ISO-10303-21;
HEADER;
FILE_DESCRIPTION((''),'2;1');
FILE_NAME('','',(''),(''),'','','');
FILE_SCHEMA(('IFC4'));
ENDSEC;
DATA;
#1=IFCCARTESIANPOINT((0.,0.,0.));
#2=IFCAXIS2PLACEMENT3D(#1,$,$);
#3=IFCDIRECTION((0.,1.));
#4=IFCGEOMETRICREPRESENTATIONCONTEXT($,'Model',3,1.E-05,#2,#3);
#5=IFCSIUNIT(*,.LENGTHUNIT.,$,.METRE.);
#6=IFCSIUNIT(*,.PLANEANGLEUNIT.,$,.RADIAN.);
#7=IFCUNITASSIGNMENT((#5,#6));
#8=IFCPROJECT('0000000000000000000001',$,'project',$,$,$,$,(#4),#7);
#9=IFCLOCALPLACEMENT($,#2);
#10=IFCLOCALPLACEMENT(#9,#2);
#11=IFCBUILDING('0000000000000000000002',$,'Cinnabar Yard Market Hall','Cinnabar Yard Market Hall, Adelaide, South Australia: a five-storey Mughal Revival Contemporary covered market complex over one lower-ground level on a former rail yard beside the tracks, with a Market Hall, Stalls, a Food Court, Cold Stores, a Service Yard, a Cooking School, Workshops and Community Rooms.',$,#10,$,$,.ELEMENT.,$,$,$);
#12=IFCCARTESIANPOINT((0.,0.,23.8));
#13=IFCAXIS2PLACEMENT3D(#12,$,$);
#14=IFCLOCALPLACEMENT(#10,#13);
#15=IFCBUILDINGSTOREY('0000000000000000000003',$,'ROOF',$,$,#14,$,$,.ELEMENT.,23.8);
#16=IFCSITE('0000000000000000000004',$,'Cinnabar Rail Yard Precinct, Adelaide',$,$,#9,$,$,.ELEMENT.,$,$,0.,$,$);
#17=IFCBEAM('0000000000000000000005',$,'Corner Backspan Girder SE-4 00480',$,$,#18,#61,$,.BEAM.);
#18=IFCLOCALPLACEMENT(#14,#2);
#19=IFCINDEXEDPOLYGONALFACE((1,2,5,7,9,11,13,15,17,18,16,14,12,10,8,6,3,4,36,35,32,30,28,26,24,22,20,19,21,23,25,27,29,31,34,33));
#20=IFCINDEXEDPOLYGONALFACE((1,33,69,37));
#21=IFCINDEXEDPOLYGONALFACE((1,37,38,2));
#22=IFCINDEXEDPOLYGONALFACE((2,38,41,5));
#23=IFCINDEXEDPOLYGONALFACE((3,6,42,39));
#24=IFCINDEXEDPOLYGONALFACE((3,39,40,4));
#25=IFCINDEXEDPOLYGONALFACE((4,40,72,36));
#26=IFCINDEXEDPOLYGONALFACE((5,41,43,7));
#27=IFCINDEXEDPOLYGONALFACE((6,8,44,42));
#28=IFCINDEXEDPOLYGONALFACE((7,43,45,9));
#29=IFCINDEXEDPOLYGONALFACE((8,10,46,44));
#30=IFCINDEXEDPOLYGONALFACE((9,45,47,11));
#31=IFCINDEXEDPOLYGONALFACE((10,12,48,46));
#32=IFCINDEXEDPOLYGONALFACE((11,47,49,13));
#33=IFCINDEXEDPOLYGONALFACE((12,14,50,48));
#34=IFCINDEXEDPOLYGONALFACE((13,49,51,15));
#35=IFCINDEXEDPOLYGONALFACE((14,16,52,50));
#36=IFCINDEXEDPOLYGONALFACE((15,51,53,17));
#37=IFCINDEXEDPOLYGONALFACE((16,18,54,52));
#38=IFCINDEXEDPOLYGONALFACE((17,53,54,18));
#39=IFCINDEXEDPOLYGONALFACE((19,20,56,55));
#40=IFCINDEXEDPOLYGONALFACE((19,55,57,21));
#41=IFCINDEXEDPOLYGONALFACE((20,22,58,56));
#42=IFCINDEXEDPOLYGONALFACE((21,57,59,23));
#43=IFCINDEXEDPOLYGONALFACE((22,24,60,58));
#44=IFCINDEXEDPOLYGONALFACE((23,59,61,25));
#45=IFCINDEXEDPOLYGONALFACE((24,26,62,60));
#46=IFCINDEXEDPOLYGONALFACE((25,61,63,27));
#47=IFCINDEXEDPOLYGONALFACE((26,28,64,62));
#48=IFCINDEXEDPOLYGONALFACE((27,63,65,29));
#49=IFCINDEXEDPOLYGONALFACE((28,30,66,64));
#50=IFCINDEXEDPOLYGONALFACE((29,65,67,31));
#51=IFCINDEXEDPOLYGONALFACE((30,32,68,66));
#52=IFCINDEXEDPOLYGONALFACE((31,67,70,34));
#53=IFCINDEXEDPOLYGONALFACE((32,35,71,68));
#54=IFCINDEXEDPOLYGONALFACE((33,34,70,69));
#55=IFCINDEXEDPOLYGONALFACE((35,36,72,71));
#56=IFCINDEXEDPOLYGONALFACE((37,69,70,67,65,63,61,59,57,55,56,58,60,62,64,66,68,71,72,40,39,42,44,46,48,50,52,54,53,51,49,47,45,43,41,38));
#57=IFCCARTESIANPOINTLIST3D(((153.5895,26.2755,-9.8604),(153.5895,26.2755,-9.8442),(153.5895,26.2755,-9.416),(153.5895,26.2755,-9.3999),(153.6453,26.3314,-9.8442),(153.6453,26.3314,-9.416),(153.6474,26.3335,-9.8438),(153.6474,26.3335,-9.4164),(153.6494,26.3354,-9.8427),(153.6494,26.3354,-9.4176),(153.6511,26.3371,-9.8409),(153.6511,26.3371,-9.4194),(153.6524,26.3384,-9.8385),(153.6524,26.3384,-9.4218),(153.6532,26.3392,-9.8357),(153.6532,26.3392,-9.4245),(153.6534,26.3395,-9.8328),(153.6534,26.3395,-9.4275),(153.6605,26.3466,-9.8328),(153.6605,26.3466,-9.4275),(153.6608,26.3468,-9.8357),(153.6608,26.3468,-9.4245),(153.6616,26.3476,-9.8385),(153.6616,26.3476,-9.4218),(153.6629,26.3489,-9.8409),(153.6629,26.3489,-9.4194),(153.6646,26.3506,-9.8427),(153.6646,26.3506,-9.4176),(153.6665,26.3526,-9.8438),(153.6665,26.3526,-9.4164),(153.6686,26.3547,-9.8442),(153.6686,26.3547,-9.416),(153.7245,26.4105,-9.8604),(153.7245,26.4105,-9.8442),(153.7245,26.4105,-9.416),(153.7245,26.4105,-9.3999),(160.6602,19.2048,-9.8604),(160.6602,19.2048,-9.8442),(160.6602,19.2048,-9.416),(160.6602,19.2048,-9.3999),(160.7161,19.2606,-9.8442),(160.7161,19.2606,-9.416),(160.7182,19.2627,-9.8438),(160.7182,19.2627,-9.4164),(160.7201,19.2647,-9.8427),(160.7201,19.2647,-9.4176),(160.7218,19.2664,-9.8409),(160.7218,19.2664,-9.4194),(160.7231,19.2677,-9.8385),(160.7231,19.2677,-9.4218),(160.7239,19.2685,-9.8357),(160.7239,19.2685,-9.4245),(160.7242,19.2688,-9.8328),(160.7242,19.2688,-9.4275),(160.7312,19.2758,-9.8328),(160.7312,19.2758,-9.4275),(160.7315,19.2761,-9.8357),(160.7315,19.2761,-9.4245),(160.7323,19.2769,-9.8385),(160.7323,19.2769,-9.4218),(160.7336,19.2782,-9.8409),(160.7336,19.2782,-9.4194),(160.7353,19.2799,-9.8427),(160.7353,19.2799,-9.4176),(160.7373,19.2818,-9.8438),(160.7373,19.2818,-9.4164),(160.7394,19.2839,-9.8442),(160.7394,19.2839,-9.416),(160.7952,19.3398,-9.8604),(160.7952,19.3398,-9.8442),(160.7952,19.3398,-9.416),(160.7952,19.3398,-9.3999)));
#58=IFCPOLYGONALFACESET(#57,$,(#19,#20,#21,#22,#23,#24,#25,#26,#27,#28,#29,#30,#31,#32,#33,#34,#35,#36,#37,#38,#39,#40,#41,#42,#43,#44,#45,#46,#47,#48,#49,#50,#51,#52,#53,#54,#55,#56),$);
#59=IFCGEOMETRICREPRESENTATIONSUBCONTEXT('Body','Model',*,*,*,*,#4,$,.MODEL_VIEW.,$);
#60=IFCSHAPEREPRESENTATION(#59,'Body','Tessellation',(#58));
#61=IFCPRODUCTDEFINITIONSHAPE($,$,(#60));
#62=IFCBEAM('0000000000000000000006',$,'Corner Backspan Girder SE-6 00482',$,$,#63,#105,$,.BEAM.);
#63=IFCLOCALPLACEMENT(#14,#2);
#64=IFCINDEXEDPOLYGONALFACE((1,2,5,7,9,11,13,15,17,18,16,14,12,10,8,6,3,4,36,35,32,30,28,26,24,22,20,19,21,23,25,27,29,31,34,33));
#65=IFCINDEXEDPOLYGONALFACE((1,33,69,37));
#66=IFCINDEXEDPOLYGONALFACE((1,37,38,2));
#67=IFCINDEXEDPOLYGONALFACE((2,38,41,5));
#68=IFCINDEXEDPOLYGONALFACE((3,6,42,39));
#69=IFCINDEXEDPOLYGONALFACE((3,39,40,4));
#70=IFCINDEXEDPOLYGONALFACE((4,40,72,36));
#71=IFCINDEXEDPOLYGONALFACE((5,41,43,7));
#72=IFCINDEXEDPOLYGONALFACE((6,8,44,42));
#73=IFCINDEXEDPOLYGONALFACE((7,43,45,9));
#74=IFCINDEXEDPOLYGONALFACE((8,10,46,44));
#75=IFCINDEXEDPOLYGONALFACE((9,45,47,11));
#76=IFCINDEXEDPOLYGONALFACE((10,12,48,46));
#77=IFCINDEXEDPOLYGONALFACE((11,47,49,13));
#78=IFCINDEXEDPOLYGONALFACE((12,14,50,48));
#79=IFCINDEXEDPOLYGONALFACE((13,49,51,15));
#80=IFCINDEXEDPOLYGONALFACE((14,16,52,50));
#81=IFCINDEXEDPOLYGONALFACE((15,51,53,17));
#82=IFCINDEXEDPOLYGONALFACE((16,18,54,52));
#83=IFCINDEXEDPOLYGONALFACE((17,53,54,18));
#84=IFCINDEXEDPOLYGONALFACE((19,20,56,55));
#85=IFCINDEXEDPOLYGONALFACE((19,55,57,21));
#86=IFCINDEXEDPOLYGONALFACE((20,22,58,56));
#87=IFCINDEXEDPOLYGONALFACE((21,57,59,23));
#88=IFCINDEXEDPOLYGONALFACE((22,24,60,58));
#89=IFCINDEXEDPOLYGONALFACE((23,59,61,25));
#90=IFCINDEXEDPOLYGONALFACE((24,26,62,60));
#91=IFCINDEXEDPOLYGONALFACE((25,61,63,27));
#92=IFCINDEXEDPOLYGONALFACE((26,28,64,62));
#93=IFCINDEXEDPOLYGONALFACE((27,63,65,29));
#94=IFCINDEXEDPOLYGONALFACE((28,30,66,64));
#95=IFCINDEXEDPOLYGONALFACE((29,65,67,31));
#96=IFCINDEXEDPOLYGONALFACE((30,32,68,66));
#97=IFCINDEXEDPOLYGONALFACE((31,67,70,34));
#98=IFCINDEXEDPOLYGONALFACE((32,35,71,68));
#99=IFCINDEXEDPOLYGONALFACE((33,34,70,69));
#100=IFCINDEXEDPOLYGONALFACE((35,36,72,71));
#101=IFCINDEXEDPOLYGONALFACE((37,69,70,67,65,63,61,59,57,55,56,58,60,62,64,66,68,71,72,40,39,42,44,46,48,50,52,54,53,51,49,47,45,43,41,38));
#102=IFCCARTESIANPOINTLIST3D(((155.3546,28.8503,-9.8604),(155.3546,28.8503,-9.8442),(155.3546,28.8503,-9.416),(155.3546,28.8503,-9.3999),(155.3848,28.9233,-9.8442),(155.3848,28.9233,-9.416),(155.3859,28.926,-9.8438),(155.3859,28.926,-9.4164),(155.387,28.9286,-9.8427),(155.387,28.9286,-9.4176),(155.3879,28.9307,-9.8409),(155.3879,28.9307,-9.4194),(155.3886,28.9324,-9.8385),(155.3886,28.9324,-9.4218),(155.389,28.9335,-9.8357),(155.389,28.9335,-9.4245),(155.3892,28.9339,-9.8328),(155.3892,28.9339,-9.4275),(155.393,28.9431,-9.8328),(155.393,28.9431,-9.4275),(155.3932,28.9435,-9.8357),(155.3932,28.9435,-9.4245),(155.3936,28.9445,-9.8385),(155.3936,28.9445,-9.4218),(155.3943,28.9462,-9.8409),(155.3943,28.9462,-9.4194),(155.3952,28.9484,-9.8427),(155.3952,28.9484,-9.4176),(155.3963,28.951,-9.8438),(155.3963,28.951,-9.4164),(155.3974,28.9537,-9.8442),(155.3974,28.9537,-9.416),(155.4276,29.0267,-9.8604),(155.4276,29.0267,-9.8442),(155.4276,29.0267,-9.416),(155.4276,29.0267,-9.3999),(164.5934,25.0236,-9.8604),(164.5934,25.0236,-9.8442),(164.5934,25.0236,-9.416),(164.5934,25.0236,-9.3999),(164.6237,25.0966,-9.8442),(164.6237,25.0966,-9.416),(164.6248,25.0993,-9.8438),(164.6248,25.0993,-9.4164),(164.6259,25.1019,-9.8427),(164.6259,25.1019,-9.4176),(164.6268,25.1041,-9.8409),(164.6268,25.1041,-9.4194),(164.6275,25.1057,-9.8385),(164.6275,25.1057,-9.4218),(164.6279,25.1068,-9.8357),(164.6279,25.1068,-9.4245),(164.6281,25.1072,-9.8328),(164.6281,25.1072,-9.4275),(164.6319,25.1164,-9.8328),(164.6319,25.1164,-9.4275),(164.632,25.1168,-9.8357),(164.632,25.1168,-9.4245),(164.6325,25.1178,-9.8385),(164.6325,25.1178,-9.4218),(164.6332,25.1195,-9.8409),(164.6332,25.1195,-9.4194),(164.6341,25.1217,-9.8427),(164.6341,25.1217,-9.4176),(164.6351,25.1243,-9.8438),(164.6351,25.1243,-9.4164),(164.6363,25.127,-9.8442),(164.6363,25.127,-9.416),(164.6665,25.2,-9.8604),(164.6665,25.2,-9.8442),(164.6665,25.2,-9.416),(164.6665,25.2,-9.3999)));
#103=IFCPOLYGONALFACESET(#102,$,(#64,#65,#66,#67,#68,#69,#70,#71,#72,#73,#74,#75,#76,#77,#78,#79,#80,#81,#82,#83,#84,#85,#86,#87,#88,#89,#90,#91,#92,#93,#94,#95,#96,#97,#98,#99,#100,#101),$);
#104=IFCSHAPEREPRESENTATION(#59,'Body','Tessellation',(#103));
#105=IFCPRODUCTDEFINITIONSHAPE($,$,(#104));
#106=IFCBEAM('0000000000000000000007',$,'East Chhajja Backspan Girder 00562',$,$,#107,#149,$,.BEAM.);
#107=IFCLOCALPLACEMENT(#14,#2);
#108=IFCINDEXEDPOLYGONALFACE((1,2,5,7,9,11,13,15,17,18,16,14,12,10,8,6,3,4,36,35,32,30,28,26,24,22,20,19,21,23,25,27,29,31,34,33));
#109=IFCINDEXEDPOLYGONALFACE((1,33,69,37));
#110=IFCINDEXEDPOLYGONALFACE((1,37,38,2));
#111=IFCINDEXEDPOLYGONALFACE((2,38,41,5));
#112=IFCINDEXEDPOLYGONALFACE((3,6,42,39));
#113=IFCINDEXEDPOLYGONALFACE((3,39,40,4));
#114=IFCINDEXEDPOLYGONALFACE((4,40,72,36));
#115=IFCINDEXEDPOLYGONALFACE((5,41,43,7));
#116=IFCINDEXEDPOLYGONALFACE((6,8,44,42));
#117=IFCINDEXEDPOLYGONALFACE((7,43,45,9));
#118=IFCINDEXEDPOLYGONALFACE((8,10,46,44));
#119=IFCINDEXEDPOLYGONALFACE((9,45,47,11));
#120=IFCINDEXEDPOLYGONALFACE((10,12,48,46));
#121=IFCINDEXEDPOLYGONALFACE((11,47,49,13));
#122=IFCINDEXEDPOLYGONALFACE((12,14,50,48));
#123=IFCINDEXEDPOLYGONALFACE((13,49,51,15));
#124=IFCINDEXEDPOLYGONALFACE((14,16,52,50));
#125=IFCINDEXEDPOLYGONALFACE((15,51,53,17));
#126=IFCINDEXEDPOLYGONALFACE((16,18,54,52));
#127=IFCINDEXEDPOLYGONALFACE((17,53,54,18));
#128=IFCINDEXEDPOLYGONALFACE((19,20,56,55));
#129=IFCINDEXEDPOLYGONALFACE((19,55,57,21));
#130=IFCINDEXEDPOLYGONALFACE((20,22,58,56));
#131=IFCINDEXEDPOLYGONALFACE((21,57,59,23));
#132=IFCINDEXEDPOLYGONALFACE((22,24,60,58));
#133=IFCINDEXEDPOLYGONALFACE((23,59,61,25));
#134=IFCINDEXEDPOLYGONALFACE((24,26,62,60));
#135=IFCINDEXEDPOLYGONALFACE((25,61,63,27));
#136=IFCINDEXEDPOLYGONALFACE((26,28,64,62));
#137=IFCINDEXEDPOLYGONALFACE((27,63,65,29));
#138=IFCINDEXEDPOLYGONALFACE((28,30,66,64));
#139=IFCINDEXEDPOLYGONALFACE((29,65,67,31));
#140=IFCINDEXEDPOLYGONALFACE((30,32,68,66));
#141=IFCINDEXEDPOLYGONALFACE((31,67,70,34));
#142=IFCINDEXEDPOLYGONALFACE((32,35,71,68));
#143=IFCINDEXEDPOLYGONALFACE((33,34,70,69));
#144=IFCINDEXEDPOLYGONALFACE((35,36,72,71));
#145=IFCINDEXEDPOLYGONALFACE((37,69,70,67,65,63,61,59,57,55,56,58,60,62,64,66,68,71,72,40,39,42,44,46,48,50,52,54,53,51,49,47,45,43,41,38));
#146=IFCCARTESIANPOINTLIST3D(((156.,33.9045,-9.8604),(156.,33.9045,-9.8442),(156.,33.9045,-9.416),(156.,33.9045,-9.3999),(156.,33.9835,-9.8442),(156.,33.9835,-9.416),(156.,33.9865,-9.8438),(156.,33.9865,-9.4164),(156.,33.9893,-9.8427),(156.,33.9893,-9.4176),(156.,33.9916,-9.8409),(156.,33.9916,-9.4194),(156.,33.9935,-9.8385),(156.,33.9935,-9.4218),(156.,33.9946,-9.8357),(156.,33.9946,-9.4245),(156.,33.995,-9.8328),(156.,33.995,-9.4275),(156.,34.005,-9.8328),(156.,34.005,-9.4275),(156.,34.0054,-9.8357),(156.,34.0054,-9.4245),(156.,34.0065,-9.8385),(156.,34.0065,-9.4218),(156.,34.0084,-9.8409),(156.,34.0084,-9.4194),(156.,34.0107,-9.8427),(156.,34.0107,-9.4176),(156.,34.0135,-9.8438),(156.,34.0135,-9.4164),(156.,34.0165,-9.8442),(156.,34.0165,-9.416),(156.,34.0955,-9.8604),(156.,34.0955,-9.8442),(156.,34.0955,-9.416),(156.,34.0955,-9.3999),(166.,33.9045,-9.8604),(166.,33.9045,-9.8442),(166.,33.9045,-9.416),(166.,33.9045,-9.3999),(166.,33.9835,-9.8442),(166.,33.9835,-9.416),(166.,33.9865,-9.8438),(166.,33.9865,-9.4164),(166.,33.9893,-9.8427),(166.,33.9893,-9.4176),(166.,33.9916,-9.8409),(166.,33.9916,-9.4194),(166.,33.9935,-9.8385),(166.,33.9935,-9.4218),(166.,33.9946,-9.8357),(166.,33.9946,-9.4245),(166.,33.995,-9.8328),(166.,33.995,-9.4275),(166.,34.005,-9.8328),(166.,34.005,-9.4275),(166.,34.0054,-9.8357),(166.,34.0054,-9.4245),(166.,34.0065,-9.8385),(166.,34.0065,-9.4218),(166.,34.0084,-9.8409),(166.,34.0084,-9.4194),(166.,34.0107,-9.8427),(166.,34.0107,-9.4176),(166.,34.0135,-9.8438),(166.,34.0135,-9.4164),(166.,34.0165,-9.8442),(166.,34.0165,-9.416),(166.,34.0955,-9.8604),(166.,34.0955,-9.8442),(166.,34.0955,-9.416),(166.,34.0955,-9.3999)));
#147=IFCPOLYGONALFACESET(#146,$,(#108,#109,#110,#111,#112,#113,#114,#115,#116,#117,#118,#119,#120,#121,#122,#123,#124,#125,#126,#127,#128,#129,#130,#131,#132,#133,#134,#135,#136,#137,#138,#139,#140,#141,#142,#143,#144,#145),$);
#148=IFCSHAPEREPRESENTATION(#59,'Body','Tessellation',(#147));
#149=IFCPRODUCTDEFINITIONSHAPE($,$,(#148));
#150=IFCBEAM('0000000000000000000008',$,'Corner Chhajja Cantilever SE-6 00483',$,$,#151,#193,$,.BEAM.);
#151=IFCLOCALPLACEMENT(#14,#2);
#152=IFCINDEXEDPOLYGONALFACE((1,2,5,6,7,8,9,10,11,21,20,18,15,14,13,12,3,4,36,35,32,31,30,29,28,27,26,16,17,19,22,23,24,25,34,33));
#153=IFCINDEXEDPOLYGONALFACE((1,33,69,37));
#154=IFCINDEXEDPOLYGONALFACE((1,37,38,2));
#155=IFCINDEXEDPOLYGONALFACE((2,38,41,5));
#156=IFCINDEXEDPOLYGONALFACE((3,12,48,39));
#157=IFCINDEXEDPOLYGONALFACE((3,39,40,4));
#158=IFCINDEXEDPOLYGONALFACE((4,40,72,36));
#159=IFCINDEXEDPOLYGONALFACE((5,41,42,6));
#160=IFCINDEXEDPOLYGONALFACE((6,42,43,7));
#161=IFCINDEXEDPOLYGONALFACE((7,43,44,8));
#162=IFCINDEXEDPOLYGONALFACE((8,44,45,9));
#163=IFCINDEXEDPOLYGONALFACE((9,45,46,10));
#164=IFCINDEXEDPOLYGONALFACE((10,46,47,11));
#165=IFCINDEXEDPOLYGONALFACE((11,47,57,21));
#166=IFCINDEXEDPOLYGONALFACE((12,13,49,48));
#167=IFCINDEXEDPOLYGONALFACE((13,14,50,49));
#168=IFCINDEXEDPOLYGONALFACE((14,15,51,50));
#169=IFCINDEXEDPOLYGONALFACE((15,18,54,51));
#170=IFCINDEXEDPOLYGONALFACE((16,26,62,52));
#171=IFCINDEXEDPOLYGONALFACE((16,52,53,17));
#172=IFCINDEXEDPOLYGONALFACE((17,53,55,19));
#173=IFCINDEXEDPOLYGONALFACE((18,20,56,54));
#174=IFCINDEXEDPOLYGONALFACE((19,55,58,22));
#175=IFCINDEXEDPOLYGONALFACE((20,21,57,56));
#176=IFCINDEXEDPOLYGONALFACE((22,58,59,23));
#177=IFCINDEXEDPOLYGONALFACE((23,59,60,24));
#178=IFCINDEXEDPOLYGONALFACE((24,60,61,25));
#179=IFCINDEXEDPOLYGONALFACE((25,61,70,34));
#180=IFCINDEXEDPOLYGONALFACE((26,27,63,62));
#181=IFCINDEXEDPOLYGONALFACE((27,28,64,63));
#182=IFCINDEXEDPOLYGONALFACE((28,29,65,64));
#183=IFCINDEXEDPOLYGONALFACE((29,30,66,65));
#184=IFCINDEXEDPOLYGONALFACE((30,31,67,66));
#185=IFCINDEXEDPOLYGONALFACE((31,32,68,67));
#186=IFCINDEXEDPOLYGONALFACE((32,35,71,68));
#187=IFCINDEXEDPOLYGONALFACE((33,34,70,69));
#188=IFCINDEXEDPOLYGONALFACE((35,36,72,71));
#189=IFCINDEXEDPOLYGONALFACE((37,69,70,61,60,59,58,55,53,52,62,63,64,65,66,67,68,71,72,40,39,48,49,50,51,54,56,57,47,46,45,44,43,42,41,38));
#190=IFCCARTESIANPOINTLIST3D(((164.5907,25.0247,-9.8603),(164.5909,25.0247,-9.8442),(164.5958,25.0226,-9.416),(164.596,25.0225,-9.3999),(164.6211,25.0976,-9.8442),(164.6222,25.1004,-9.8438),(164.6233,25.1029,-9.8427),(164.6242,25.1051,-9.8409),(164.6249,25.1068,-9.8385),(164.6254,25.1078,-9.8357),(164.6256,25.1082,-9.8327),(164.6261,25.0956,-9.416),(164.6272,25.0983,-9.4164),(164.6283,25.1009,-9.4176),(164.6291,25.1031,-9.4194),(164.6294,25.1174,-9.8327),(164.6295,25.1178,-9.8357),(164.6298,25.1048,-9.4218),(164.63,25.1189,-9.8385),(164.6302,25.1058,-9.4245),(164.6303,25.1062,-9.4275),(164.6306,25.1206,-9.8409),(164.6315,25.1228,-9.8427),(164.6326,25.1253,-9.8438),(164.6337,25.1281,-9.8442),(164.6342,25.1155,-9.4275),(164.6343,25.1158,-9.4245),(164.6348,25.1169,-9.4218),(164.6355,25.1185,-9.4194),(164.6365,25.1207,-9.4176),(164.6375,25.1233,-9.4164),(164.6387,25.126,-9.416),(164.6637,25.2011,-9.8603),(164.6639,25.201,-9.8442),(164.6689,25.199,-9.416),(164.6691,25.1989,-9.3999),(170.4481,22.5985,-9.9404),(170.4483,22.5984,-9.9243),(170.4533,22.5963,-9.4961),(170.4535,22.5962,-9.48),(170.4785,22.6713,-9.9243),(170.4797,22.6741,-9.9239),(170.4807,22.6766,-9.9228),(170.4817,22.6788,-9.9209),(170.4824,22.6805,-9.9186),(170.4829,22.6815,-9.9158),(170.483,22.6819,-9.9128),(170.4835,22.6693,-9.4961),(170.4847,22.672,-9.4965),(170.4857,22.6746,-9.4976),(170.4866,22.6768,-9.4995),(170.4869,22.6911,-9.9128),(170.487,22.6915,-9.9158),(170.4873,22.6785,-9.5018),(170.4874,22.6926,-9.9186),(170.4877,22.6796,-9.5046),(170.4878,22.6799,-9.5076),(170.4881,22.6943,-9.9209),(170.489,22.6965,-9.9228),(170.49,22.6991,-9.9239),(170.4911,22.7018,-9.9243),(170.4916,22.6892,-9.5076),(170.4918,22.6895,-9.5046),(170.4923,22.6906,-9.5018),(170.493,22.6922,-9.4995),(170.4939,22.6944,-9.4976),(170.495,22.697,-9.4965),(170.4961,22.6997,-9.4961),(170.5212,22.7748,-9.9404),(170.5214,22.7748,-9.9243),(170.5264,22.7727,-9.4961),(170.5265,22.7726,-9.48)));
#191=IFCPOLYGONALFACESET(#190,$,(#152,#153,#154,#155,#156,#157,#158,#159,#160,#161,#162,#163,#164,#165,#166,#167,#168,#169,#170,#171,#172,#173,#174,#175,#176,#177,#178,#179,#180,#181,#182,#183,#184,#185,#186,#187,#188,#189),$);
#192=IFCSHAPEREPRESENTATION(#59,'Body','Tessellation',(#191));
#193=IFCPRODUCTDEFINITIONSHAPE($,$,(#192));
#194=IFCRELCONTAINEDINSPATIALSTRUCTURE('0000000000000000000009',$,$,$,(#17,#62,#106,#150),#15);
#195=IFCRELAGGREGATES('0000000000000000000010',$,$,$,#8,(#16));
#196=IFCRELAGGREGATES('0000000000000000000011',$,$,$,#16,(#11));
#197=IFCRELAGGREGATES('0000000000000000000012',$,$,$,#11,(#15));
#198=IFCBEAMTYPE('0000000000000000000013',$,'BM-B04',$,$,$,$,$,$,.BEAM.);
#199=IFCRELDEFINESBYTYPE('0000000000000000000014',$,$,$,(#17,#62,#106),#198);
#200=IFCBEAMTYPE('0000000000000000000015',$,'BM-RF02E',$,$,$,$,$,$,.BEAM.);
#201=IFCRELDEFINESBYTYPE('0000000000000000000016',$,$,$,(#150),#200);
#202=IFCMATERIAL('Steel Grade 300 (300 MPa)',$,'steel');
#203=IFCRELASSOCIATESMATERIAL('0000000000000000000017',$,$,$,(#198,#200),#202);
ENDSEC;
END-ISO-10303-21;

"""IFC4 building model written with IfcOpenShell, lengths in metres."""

from ifc_helpers import new_model, si_unit, direction, frame, origin, origin_2d_with_axis, place, context, subcontext, project, spatial, i_section, extrude, material, material_profile, profile_set, type_object, element, save


model = new_model("IFC4")

# Units and contexts
model_context = context("Model", 3, precision=1e-05, world=origin(), true_north=direction((0.0, 1.0)))
body_context = subcontext(model_context, "Body", "Model", "MODEL_VIEW")
ifc_project = project(units=[si_unit("LENGTHUNIT", "METRE"), si_unit("PLANEANGLEUNIT", "RADIAN")], contexts=[model_context])

# Site, building, storey
site_placement = place(None, origin())
site = spatial("IfcSite", under=ifc_project, at=site_placement, Name="Cinnabar Rail Yard Precinct, Adelaide", CompositionType="ELEMENT", RefElevation=0.0)
building_placement = place(site_placement, origin())
building = spatial("IfcBuilding", under=site, at=building_placement, Name="Cinnabar Yard Market Hall", Description="Cinnabar Yard Market Hall, Adelaide, South Australia: a five-storey Mughal Revival Contemporary covered market complex over one lower-ground level on a former rail yard beside the tracks, with a Market Hall, Stalls, a Food Court, Cold Stores, a Service Yard, a Cooking School, Workshops and Community Rooms.", CompositionType="ELEMENT")
storey_placement = place(building_placement, frame((0.0, 0.0, 23.8)))
storey = spatial("IfcBuildingStorey", under=building, at=storey_placement, Name="ROOF", CompositionType="ELEMENT", Elevation=23.8)

# Beams
ifc_material_1 = material(Name="Steel Grade 300 (300 MPa)", Category="steel")
ifc_material_profile_1 = material_profile(ifc_material_1, i_section(OverallWidth=0.1909, OverallDepth=0.4604, WebThickness=0.01, FlangeThickness=0.0161, FilletRadius=0.0115, at=origin_2d_with_axis()), Name="460UB82.1")
ifc_profile_set_1 = profile_set([ifc_material_profile_1], Name="Steel Grade 300 (300 MPa)")
beam_type_1 = type_object("IfcBeamType", Name="BM-B04", PredefinedType="BEAM", material=ifc_profile_set_1)
beam_1_placement = place(storey_placement, frame((153.657, 26.343, -9.6301), z_axis=(0.707107, -0.707107, 0.0), x_axis=(0.707107, 0.707107, 0.0)))
element("IfcBeam", 1, at=beam_1_placement, inside=storey, type_object=beam_type_1, Name="Corner Backspan Girder SE-4 00480", PredefinedType="BEAM", context=body_context, shape_type="SweptSolid", body=[
    extrude(i_section(OverallWidth=0.1909, OverallDepth=0.4604, WebThickness=0.01, FlangeThickness=0.0161, FilletRadius=0.0115, at=origin_2d_with_axis()), origin(), (0.0, 0.0, 1.0), 9.9995),
])
for number, where, z_axis, x_axis, name in (
    (2, (155.3911, 28.9385, -9.6301), (0.923885, -0.382669, 0.0), (0.382669, 0.923885, 0.0), "Corner Backspan Girder SE-6 00482"),
    (3, (156.0, 34.0, -9.6301), (1.0, 0.0, 0.0), (0.0, 1.0, 0.0), "East Chhajja Backspan Girder 00562"),
):
    element("IfcBeam", number, at=place(storey_placement, frame(where, z_axis=z_axis, x_axis=x_axis)), inside=storey, type_object=beam_type_1, Name=name, PredefinedType="BEAM", context=body_context, shape_type="SweptSolid", body=[
        extrude(i_section(OverallWidth=0.1909, OverallDepth=0.4604, WebThickness=0.01, FlangeThickness=0.0161, FilletRadius=0.0115, at=origin_2d_with_axis()), origin(), (0.0, 0.0, 1.0), 10.0),
    ])
ifc_material_profile_2 = material_profile(ifc_material_1, i_section(OverallWidth=0.1909, OverallDepth=0.4604, WebThickness=0.01, FlangeThickness=0.0161, FilletRadius=0.0115, at=origin_2d_with_axis()), Name="460UB82.1")
ifc_profile_set_2 = profile_set([ifc_material_profile_2], Name="Steel Grade 300 (300 MPa)")
beam_type_2 = type_object("IfcBeamType", Name="BM-RF02E", PredefinedType="BEAM", material=ifc_profile_set_2)
for number, where, z_axis, x_axis, name in (
    (4, (164.6299, 25.1118, -9.6301), (0.923803, -0.382659, -0.01263), (0.38269, 0.923877, 0.0), "Corner Chhajja Cantilever SE-6 00483"),
):
    element("IfcBeam", number, at=place(storey_placement, frame(where, z_axis=z_axis, x_axis=x_axis)), inside=storey, type_object=beam_type_2, Name=name, PredefinedType="BEAM", context=body_context, shape_type="SweptSolid", body=[
        extrude(i_section(OverallWidth=0.1909, OverallDepth=0.4604, WebThickness=0.01, FlangeThickness=0.0161, FilletRadius=0.0115, at=origin_2d_with_axis()), origin(), (0.0, 0.0, 1.0), 6.3406),
    ])

save(model, "model.ifc")
